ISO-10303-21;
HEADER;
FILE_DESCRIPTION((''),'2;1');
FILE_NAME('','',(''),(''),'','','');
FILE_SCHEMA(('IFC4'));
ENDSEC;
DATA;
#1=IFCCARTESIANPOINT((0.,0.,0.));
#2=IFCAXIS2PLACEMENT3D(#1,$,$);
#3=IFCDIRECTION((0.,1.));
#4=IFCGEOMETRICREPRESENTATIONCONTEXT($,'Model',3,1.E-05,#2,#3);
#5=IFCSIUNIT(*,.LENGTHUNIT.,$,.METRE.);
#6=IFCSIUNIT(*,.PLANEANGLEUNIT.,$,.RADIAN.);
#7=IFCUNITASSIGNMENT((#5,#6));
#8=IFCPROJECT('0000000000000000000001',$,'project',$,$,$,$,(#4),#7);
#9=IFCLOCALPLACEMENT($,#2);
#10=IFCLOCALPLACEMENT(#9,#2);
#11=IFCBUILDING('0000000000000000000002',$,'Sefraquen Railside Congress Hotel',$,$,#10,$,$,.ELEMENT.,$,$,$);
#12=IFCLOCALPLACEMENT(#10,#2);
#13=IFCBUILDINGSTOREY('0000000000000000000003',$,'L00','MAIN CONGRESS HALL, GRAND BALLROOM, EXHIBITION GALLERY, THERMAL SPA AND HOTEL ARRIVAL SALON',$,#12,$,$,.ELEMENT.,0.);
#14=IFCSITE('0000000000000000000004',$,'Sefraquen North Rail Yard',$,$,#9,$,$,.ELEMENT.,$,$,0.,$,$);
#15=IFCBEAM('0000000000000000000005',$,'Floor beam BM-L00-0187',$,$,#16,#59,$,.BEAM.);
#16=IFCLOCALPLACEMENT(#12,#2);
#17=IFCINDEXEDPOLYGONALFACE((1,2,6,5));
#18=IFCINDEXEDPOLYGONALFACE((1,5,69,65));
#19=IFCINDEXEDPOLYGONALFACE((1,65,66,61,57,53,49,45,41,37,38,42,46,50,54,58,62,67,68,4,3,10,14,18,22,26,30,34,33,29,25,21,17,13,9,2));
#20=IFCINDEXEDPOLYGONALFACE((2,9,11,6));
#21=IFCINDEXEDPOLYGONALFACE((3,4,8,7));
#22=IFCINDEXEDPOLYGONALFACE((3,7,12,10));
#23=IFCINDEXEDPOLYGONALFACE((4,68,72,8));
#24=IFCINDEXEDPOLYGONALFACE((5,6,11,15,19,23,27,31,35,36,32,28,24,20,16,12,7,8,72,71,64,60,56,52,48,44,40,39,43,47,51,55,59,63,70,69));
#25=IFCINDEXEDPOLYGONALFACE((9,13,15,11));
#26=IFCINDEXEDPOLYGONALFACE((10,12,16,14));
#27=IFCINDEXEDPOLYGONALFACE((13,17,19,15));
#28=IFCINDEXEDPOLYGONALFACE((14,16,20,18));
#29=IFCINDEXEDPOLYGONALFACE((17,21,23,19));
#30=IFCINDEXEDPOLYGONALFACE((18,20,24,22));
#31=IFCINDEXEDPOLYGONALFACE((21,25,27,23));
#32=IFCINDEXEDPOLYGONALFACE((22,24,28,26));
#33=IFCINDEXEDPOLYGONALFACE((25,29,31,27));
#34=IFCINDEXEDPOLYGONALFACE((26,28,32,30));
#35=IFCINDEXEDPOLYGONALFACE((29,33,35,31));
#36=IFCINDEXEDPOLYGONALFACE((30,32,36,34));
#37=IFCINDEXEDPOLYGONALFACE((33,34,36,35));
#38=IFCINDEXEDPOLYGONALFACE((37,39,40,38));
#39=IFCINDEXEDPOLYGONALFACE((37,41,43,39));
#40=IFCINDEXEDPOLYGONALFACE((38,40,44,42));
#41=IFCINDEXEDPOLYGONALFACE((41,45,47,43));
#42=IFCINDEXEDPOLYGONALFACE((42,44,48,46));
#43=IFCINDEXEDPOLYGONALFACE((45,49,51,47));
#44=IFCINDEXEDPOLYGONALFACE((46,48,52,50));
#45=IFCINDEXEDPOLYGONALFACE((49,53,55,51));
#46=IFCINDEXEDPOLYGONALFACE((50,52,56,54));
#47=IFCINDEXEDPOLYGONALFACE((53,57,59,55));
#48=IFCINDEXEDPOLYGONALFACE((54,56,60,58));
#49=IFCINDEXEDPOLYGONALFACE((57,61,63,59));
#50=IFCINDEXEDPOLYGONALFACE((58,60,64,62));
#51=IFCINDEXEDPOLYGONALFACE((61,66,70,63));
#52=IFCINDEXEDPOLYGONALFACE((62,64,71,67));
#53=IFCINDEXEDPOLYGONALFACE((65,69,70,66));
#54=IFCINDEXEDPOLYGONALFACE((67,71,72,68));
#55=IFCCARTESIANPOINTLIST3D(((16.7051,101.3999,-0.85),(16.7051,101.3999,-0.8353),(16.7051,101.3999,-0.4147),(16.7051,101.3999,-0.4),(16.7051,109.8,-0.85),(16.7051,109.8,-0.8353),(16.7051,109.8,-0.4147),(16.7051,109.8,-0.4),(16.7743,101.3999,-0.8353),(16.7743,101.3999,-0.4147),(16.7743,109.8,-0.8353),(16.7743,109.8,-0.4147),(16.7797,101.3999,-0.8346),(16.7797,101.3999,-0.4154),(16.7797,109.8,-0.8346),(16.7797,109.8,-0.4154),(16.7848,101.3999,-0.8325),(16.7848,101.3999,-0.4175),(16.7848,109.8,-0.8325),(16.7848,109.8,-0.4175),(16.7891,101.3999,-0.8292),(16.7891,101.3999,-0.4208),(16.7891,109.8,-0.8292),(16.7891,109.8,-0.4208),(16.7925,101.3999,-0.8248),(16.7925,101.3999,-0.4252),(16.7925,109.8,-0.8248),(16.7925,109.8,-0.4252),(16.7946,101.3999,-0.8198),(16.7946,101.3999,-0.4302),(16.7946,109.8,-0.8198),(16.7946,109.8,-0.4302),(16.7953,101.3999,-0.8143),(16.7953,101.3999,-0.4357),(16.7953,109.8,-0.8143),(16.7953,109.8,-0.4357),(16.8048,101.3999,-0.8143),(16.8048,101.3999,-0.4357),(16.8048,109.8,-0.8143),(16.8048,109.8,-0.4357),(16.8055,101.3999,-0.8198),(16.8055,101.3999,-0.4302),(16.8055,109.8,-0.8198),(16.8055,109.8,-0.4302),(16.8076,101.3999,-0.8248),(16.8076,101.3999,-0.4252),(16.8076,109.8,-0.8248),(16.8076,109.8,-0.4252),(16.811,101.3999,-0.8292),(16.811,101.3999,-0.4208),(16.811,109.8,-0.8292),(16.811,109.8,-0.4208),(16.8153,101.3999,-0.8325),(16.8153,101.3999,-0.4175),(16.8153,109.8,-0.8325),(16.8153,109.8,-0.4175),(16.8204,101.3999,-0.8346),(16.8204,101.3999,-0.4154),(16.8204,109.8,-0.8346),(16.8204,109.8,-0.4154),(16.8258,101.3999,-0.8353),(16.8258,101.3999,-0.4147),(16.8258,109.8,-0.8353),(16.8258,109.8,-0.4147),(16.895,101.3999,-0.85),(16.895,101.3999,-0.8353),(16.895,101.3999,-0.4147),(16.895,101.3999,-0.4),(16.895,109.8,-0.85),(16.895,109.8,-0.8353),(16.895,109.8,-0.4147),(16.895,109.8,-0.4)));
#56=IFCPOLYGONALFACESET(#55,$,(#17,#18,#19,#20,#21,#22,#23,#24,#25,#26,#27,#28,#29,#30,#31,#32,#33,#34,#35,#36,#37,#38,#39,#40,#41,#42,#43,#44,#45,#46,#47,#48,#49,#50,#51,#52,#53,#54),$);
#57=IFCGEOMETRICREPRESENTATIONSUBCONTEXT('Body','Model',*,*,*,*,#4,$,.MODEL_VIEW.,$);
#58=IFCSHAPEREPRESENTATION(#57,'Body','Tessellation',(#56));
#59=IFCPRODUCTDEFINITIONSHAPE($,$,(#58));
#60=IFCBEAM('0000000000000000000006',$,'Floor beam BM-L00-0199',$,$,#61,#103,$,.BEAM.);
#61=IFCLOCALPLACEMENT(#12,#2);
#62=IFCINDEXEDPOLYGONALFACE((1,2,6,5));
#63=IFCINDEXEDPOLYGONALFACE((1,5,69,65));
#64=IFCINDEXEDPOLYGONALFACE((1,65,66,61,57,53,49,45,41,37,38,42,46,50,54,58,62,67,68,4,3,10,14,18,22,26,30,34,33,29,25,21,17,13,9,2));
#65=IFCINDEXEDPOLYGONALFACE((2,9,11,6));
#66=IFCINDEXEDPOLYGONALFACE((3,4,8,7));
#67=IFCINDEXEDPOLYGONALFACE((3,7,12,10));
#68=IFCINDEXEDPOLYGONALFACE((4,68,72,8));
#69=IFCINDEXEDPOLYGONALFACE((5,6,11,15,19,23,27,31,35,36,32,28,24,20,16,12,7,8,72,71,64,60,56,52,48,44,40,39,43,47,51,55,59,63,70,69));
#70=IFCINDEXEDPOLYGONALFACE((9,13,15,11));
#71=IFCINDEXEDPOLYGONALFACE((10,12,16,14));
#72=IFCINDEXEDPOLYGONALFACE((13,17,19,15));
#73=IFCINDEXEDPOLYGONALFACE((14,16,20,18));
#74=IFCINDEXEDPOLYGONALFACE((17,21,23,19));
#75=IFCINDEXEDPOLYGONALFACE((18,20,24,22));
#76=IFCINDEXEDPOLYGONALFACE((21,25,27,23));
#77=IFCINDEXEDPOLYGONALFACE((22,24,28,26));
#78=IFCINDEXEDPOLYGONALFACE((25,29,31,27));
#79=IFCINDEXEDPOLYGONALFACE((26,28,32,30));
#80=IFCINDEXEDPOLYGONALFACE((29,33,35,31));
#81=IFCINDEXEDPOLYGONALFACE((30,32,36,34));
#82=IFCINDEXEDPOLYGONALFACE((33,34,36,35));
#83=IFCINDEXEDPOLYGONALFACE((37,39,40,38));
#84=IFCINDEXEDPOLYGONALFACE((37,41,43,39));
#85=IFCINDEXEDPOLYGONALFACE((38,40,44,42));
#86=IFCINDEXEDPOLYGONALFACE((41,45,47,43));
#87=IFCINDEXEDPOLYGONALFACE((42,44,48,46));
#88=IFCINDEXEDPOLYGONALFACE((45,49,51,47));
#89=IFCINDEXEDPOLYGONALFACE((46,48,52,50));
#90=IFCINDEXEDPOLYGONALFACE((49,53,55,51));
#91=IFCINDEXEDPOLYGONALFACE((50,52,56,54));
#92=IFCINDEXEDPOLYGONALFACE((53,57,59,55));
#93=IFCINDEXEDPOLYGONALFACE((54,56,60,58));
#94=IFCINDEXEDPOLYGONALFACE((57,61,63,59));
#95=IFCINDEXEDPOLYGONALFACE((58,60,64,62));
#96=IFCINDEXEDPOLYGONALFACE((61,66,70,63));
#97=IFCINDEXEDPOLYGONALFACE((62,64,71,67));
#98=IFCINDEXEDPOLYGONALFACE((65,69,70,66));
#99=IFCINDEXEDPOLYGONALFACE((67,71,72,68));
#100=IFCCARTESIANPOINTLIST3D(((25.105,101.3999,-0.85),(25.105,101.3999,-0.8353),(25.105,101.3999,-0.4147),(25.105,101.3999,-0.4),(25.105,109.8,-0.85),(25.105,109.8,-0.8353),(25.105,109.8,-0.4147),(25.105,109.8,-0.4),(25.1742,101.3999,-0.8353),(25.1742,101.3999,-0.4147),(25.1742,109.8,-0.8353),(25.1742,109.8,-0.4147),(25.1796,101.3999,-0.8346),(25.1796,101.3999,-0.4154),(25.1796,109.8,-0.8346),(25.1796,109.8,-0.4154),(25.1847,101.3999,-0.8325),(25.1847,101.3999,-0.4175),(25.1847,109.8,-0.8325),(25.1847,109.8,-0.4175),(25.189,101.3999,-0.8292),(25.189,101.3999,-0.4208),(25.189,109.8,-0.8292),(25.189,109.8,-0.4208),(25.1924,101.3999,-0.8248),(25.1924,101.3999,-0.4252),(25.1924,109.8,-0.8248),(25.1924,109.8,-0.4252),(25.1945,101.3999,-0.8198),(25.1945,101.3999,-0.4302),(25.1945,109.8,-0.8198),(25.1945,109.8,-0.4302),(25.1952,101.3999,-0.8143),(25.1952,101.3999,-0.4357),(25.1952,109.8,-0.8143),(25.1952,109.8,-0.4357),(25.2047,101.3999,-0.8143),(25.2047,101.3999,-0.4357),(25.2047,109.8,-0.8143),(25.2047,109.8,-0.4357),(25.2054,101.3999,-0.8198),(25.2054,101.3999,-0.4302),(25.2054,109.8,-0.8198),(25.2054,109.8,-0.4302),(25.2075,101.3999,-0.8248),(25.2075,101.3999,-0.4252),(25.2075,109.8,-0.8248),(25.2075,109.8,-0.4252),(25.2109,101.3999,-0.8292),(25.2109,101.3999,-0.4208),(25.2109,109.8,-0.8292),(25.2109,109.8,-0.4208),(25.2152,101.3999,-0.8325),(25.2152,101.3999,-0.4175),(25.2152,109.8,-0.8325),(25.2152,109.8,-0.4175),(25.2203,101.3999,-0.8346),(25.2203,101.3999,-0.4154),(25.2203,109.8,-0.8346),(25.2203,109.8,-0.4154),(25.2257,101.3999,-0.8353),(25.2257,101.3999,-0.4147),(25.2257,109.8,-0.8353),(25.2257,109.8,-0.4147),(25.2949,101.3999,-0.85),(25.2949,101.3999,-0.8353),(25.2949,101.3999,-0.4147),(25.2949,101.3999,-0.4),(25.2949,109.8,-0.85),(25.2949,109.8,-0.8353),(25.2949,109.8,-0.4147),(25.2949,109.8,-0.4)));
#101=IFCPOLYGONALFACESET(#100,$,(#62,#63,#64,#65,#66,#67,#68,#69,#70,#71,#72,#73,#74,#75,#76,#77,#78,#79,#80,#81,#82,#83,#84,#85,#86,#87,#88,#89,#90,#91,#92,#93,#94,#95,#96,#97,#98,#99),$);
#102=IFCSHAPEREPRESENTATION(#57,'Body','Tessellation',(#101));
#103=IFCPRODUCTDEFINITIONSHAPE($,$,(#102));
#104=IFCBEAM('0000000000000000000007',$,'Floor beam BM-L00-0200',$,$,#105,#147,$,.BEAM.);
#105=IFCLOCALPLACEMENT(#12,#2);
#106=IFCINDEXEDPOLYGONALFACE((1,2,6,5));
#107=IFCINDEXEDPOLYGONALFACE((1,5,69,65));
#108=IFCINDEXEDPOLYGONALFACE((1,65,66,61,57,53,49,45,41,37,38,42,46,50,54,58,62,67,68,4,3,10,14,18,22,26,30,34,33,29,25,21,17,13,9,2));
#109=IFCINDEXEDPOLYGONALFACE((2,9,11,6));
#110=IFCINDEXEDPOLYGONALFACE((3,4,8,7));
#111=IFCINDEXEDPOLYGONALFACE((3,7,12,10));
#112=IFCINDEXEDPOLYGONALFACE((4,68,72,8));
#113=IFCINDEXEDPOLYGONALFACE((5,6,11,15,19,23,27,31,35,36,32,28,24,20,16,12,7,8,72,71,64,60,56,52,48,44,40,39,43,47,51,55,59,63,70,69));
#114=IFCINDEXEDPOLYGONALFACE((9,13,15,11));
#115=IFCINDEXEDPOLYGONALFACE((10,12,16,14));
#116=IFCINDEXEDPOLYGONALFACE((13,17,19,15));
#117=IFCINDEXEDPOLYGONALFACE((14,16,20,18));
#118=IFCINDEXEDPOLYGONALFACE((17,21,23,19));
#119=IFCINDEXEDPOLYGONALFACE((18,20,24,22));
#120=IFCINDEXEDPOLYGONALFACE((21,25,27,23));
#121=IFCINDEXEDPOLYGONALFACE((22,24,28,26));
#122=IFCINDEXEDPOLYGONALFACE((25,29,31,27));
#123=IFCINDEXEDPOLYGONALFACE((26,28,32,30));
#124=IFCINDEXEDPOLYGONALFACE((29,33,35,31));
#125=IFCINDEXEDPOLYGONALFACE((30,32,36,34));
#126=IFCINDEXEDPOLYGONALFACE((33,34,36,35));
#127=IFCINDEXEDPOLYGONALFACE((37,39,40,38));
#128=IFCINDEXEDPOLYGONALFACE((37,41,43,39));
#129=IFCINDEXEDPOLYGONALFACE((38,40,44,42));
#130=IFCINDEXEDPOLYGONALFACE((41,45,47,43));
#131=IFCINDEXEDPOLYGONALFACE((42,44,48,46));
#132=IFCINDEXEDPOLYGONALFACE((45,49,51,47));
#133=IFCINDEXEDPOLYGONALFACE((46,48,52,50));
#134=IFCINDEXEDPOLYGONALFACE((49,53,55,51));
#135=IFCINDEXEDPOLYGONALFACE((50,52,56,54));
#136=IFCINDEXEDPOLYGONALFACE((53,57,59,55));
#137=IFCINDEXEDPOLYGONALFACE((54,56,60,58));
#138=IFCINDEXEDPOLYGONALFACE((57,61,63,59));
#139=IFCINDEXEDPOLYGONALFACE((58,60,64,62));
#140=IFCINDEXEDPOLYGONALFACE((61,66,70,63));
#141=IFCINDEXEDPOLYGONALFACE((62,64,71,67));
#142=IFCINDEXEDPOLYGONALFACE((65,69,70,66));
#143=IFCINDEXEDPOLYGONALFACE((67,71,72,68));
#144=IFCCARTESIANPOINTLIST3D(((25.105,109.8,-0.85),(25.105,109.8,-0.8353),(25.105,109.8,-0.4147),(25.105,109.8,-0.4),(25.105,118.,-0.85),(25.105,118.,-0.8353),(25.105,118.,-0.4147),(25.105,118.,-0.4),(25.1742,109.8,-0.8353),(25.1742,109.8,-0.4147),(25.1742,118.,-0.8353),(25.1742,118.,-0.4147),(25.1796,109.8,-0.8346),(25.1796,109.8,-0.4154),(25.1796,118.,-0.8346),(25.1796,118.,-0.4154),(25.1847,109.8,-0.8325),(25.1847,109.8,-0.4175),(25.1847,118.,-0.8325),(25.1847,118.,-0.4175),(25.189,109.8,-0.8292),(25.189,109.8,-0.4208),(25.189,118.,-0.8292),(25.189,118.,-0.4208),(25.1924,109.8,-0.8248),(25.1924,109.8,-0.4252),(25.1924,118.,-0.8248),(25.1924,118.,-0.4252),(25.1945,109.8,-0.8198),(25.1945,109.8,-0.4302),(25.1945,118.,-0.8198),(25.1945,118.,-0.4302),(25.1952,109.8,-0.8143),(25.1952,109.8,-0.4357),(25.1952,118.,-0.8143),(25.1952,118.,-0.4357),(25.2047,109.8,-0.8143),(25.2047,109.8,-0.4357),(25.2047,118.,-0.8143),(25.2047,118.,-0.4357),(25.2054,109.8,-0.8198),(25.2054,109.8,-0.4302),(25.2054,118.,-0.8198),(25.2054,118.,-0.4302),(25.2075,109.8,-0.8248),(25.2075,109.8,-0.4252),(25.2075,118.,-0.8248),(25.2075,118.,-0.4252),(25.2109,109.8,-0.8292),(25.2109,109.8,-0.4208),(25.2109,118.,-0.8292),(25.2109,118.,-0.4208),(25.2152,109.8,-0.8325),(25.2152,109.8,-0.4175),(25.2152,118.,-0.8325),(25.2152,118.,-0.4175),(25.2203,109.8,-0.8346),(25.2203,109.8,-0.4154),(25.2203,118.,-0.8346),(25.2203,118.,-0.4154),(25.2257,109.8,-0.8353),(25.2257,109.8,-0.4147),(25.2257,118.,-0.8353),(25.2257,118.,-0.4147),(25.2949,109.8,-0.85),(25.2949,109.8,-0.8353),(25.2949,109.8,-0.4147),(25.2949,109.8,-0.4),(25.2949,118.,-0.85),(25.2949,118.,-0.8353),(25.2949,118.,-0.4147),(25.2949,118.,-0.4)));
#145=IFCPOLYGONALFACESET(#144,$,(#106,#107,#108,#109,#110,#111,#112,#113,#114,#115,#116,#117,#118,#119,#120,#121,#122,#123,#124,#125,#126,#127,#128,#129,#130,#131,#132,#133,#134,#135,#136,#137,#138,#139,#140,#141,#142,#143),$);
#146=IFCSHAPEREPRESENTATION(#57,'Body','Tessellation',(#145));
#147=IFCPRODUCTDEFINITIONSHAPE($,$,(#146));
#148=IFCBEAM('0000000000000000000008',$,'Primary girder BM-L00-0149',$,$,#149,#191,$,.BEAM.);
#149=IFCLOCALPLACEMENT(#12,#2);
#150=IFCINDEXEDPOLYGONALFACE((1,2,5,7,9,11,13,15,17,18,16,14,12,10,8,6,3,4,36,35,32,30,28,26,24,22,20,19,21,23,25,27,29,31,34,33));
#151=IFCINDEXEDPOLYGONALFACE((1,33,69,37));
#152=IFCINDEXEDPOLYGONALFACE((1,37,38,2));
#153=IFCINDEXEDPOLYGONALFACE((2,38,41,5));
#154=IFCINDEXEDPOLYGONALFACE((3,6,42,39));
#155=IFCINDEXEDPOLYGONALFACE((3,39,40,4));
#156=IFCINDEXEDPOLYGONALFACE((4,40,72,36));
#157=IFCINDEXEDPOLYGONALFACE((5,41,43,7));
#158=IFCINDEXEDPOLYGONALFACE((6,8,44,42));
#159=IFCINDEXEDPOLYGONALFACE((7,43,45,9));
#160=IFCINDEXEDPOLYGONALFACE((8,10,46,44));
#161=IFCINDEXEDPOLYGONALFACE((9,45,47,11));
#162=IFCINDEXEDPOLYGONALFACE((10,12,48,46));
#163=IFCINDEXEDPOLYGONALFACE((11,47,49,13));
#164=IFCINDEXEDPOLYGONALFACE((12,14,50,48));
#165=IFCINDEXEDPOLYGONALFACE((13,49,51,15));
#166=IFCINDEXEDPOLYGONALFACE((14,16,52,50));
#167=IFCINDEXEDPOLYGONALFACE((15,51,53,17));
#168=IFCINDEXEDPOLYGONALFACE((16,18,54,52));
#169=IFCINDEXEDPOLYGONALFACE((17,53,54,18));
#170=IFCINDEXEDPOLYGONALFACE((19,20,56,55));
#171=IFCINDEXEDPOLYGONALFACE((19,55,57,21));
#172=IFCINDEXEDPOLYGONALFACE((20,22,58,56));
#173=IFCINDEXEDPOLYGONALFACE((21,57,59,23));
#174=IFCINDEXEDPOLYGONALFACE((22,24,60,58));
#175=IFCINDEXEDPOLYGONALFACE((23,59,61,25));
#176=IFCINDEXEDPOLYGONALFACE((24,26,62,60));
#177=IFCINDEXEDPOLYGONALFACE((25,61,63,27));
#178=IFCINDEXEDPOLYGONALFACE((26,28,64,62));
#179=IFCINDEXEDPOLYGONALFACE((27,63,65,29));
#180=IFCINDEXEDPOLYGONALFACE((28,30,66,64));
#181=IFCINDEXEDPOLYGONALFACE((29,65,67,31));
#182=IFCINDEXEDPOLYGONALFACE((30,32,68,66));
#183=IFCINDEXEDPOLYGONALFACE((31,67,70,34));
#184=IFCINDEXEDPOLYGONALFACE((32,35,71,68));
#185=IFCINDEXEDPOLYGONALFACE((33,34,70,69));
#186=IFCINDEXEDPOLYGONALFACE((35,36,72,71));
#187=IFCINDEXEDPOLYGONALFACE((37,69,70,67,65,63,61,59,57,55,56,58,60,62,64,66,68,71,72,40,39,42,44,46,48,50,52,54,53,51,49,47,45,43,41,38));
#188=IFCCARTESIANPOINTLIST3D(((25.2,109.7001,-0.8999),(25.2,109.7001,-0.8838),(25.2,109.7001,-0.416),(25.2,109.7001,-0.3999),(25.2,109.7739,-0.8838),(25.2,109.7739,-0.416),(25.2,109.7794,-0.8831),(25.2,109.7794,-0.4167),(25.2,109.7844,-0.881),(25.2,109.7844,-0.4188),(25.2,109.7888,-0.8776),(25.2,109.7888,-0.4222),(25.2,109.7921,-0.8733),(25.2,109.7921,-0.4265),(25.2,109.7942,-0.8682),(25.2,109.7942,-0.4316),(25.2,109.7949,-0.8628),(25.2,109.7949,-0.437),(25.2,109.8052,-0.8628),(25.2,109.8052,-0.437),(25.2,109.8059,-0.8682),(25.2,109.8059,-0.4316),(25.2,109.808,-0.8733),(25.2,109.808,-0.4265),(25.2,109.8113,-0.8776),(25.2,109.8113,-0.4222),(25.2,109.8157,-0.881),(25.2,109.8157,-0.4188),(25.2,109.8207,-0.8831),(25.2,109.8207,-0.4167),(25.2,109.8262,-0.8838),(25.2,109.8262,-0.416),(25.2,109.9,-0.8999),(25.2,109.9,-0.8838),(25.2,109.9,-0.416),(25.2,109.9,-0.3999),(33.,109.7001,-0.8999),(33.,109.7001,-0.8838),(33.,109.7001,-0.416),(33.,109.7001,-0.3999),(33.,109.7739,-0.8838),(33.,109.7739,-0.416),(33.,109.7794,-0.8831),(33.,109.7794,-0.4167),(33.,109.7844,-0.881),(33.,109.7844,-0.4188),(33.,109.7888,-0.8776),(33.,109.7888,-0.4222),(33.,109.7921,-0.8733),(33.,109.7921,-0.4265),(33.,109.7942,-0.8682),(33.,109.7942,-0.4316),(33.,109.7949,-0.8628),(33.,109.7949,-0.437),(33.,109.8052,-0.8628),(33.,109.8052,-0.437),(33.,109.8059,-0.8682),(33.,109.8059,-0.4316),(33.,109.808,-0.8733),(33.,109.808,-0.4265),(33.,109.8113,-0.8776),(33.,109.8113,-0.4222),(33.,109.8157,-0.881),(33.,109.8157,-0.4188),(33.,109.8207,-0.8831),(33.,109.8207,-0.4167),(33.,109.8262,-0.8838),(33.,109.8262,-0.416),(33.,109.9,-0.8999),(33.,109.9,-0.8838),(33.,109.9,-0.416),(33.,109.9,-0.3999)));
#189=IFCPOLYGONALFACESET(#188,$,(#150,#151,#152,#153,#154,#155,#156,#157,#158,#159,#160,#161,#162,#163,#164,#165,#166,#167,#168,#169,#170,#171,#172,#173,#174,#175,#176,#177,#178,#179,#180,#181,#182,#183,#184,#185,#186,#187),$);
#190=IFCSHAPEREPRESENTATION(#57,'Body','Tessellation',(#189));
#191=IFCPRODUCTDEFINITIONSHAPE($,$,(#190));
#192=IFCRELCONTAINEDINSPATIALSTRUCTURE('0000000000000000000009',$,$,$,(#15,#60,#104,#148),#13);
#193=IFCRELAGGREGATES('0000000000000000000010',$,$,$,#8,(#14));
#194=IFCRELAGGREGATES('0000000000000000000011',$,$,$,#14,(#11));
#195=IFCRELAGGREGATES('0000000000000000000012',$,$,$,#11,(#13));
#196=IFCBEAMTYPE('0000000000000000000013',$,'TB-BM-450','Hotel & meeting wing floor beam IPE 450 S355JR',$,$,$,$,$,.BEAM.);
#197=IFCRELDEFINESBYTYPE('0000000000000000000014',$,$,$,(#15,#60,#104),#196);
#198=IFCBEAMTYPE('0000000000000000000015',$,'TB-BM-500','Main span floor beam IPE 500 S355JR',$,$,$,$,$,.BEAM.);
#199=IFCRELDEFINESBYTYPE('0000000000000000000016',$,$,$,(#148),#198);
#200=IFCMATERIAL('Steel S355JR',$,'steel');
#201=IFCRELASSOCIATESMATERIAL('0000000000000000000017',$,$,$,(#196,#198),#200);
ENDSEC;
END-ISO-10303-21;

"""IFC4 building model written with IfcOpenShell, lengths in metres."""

from ifc_helpers import new_model, si_unit, direction, frame, origin, origin_2d, place, context, subcontext, project, spatial, i_section, extrude, material, material_profile, profile_set, type_object, element, save


model = new_model("IFC4")

# Units and contexts
model_context = context("Model", 3, precision=1e-05, world=origin(), true_north=direction((0.0, 1.0)))
body_context = subcontext(model_context, "Body", "Model", "MODEL_VIEW")
ifc_project = project(units=[si_unit("LENGTHUNIT", "METRE"), si_unit("PLANEANGLEUNIT", "RADIAN")], contexts=[model_context])

# Site, building, storey
site_placement = place(None, origin())
site = spatial("IfcSite", under=ifc_project, at=site_placement, Name="Sefraquen North Rail Yard", CompositionType="ELEMENT", RefElevation=0.0)
building_placement = place(site_placement, origin())
building = spatial("IfcBuilding", under=site, at=building_placement, Name="Sefraquen Railside Congress Hotel", CompositionType="ELEMENT")
storey_placement = place(building_placement, origin())
storey = spatial("IfcBuildingStorey", under=building, at=storey_placement, Name="L00", Description="MAIN CONGRESS HALL, GRAND BALLROOM, EXHIBITION GALLERY, THERMAL SPA AND HOTEL ARRIVAL SALON", CompositionType="ELEMENT", Elevation=0.0)

# Shared definitions
ifc_material_1 = material(Name="Steel S355JR", Category="steel")

# Beams
ifc_material_profile_1 = material_profile(ifc_material_1, i_section(OverallWidth=0.1899, OverallDepth=0.45, WebThickness=0.0095, FlangeThickness=0.0146, FilletRadius=0.021, at=origin_2d()), Name="IPE 450")
ifc_profile_set_1 = profile_set([ifc_material_profile_1], Name="Steel S355JR")
beam_type_1 = type_object("IfcBeamType", Name="TB-BM-450", Description="Hotel & meeting wing floor beam IPE 450 S355JR", PredefinedType="BEAM", material=ifc_profile_set_1)
for number, where, z_axis, x_axis, name in (
    (1, (16.8, 101.3999, -0.625), (0.0, 1.0, 0.0), (-1.0, 0.0, 0.0), "Floor beam BM-L00-0187"),
    (2, (25.2, 101.3999, -0.625), (0.0, 1.0, 0.0), (-1.0, 0.0, 0.0), "Floor beam BM-L00-0199"),
):
    element("IfcBeam", number, at=place(storey_placement, frame(where, z_axis=z_axis, x_axis=x_axis)), inside=storey, type_object=beam_type_1, Name=name, PredefinedType="BEAM", context=body_context, shape_type="SweptSolid", body=[
        extrude(i_section(OverallWidth=0.1899, OverallDepth=0.45, WebThickness=0.0095, FlangeThickness=0.0146, FilletRadius=0.021, at=origin_2d()), origin(), (0.0, 0.0, 1.0), 8.4001),
    ])
beam_1_placement = place(storey_placement, frame((25.2, 109.8, -0.625), z_axis=(0.0, 1.0, 0.0), x_axis=(-1.0, 0.0, 0.0)))
element("IfcBeam", 3, at=beam_1_placement, inside=storey, type_object=beam_type_1, Name="Floor beam BM-L00-0200", PredefinedType="BEAM", context=body_context, shape_type="SweptSolid", body=[
    extrude(i_section(OverallWidth=0.1899, OverallDepth=0.45, WebThickness=0.0095, FlangeThickness=0.0146, FilletRadius=0.021, at=origin_2d()), origin(), (0.0, 0.0, 1.0), 8.2),
])
ifc_material_profile_2 = material_profile(ifc_material_1, i_section(OverallWidth=0.2, OverallDepth=0.5, WebThickness=0.0103, FlangeThickness=0.0161, FilletRadius=0.021, at=origin_2d()), Name="IPE 500")
ifc_profile_set_2 = profile_set([ifc_material_profile_2], Name="Steel S355JR")
beam_type_2 = type_object("IfcBeamType", Name="TB-BM-500", Description="Main span floor beam IPE 500 S355JR", PredefinedType="BEAM", material=ifc_profile_set_2)
beam_2_placement = place(storey_placement, frame((25.2, 109.8, -0.6499), z_axis=(1.0, 0.0, 0.0), x_axis=(0.0, 1.0, 0.0)))
element("IfcBeam", 4, at=beam_2_placement, inside=storey, type_object=beam_type_2, Name="Primary girder BM-L00-0149", PredefinedType="BEAM", context=body_context, shape_type="SweptSolid", body=[
    extrude(i_section(OverallWidth=0.2, OverallDepth=0.5, WebThickness=0.0103, FlangeThickness=0.0161, FilletRadius=0.021, at=origin_2d()), origin(), (0.0, 0.0, 1.0), 7.8),
])

save(model, "model.ifc")
